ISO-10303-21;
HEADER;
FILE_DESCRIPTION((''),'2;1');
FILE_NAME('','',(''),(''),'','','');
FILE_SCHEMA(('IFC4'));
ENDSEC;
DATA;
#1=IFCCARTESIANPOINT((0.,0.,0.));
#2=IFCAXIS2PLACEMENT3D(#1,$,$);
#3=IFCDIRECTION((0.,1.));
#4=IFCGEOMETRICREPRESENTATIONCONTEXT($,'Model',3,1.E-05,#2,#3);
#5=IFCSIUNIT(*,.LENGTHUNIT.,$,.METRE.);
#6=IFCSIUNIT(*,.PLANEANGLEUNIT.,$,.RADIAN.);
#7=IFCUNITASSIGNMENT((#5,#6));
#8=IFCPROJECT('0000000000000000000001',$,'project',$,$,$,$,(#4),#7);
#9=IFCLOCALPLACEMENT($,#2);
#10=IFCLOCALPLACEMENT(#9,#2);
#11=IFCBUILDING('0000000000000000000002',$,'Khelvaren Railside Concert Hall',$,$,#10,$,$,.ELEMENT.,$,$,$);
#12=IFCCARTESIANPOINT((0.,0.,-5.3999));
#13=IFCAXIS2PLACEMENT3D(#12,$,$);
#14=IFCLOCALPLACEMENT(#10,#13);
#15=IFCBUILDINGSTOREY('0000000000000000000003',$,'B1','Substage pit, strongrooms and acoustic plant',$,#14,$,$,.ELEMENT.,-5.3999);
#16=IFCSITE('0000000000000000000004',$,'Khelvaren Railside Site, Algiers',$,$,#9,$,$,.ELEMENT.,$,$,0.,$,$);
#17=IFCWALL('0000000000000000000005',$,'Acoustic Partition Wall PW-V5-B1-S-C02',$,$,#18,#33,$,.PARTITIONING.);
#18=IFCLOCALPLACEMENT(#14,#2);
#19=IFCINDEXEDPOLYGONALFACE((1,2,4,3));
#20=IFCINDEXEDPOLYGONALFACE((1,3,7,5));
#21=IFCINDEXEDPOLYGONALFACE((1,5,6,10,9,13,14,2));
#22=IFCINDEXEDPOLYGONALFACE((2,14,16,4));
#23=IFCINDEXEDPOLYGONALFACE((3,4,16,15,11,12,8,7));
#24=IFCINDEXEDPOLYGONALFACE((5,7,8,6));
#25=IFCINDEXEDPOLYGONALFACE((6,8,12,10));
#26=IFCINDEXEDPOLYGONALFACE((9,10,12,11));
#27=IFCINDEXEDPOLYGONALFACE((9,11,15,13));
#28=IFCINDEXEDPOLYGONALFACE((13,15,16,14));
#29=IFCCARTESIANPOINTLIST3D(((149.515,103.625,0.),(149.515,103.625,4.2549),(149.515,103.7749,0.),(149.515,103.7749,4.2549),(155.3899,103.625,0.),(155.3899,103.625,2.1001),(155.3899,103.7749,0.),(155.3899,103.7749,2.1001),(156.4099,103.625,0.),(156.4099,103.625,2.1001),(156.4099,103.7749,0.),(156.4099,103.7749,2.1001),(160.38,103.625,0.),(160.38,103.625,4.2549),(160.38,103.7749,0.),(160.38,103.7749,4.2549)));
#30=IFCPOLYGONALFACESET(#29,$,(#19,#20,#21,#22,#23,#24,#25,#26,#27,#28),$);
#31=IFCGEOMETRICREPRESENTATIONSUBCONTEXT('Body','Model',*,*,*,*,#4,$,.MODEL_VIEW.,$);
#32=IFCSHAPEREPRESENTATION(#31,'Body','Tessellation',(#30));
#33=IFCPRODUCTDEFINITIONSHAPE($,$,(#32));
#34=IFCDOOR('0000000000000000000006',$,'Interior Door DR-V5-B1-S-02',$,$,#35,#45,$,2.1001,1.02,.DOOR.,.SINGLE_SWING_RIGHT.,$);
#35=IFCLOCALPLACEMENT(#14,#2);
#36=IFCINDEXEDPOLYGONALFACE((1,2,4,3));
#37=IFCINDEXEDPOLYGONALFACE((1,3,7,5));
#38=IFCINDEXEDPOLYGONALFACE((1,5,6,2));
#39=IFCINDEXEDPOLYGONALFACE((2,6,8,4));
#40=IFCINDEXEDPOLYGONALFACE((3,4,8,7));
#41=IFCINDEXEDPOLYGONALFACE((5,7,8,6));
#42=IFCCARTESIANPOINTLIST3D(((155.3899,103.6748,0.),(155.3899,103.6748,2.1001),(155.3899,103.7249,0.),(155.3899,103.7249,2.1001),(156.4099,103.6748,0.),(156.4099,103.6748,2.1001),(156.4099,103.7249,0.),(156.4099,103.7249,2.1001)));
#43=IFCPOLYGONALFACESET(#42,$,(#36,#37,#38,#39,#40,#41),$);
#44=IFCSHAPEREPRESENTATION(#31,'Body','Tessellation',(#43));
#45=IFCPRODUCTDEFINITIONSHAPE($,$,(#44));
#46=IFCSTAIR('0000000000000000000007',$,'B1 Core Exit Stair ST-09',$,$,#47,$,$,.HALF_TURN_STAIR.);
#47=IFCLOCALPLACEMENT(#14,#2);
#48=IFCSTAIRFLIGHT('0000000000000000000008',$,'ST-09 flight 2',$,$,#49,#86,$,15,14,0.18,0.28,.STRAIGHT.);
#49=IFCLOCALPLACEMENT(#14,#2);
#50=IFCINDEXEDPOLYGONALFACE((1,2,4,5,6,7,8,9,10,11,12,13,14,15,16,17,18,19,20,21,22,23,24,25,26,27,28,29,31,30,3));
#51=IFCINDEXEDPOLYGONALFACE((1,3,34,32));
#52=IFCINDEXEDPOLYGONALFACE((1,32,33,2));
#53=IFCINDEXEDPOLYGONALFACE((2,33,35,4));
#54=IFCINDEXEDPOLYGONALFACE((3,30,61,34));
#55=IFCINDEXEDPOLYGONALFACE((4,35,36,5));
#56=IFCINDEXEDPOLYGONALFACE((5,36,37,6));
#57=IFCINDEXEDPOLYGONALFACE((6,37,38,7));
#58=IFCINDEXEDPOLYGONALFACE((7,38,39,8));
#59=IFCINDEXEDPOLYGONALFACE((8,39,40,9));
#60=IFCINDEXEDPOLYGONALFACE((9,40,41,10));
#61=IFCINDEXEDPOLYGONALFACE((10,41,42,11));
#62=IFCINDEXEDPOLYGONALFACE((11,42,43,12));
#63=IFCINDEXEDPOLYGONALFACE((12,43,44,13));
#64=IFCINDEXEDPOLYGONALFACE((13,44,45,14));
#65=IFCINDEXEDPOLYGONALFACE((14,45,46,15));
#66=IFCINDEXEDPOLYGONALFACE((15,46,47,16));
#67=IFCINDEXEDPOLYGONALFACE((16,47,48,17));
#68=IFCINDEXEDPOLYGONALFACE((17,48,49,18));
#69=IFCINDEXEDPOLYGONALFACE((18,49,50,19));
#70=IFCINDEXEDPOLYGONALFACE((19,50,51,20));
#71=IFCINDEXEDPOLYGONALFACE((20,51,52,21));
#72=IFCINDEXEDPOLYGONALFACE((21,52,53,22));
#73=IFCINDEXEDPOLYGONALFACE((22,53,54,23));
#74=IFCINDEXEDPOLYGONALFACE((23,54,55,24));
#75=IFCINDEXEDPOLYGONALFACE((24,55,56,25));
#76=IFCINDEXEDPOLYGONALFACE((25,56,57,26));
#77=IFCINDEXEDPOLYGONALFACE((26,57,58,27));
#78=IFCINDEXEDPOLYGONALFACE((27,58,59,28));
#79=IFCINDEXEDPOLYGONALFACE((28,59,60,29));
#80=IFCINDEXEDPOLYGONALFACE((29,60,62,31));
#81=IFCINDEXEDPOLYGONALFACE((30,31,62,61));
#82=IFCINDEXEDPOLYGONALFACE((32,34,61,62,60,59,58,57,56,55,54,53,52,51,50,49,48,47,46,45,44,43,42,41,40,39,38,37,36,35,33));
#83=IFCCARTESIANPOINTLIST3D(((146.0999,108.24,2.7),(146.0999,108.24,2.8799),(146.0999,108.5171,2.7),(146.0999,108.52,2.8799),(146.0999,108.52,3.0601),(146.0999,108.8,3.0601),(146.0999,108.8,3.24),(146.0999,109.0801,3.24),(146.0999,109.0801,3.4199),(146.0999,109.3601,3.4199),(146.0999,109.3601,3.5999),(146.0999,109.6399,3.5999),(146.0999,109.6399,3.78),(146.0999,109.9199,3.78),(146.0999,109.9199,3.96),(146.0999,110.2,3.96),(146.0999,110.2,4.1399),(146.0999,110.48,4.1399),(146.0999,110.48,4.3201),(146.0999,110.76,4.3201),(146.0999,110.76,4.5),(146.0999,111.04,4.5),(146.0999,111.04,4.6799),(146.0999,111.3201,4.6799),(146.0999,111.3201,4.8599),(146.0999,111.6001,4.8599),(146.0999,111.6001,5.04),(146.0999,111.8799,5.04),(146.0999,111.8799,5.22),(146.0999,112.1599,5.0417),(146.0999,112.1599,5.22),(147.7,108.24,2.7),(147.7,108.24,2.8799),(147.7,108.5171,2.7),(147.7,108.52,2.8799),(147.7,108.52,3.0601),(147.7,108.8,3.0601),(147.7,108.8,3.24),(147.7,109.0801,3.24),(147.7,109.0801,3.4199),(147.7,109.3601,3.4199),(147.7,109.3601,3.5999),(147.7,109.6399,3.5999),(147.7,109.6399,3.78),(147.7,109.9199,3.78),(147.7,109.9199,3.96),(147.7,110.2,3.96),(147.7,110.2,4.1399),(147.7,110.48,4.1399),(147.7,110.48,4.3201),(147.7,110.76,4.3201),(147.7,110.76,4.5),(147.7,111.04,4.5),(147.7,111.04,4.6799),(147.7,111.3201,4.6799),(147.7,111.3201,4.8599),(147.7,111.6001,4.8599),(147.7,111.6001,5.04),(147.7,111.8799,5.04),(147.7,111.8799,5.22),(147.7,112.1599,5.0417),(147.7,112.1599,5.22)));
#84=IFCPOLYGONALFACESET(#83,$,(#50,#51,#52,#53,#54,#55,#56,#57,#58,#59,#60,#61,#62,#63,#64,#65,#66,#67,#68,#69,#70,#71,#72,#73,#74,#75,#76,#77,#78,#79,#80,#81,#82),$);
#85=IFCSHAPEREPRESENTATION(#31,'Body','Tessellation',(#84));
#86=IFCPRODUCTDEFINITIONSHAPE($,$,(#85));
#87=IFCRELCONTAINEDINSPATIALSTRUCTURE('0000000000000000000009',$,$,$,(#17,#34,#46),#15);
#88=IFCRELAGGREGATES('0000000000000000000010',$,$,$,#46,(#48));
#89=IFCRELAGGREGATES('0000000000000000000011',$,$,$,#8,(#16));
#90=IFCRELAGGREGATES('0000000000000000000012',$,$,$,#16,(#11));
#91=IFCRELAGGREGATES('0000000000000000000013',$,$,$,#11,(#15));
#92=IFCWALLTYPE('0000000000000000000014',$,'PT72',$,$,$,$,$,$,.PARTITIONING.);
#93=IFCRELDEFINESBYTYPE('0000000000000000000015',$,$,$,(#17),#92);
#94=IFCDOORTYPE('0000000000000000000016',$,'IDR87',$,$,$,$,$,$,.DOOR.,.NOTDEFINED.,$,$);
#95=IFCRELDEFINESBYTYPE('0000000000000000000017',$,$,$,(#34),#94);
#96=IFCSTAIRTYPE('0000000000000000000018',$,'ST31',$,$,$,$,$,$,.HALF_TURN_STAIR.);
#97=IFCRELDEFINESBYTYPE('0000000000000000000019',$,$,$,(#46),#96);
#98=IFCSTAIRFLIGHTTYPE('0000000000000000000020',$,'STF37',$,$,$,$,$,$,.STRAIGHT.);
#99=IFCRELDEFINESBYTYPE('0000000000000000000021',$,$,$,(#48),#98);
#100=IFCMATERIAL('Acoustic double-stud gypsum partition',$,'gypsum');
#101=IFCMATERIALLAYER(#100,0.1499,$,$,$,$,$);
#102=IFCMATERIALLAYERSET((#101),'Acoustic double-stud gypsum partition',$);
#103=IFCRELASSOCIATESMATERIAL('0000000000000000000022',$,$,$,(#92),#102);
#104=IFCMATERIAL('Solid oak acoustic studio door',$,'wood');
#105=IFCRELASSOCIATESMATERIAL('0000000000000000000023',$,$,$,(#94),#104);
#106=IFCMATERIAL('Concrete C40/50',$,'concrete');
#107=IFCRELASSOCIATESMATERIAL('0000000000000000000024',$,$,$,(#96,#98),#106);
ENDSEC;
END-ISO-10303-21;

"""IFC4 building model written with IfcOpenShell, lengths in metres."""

from ifc_helpers import new_model, si_unit, direction, frame, frame_2d, origin, place, context, subcontext, project, spatial, polyline, rectangle, outline, extrude, material, layer, layer_set, type_object, element, fill, aggregate, save


model = new_model("IFC4")

# Units and contexts
model_context = context("Model", 3, precision=1e-05, world=origin(), true_north=direction((0.0, 1.0)))
body_context = subcontext(model_context, "Body", "Model", "MODEL_VIEW")
ifc_project = project(units=[si_unit("LENGTHUNIT", "METRE"), si_unit("PLANEANGLEUNIT", "RADIAN")], contexts=[model_context])

# Site, building, storey
site_placement = place(None, origin())
site = spatial("IfcSite", under=ifc_project, at=site_placement, Name="Khelvaren Railside Site, Algiers", CompositionType="ELEMENT", RefElevation=0.0)
building_placement = place(site_placement, origin())
building = spatial("IfcBuilding", under=site, at=building_placement, Name="Khelvaren Railside Concert Hall", CompositionType="ELEMENT")
storey_placement = place(building_placement, frame((0.0, 0.0, -5.3999)))
storey = spatial("IfcBuildingStorey", under=building, at=storey_placement, Name="B1", Description="Substage pit, strongrooms and acoustic plant", CompositionType="ELEMENT", Elevation=-5.3999)

# Wall, opening, door
ifc_material_1 = material(Name="Concrete C40/50", Category="concrete")
ifc_material_2 = material(Name="Acoustic double-stud gypsum partition", Category="gypsum")
ifc_layer_1 = layer(ifc_material_2, 0.1499)
ifc_layer_set_1 = layer_set([ifc_layer_1], Name="Acoustic double-stud gypsum partition")
wall_type_1 = type_object("IfcWallType", Name="PT72", PredefinedType="PARTITIONING", material=ifc_layer_set_1)
wall_1_placement = place(storey_placement, frame((149.5149, 103.7, 0.0), z_axis=(0.0, 0.0, 1.0), x_axis=(1.0, 0.0, 0.0)))
wall_1 = element("IfcWall", 1, at=wall_1_placement, inside=storey, type_object=wall_type_1, Name="Acoustic Partition Wall PW-V5-B1-S-C02", PredefinedType="PARTITIONING", context=body_context, shape_type="SweptSolid", body=[
    extrude(rectangle(XDim=10.865, YDim=0.1499, at=frame_2d((5.4326, 0.0))), origin(), (0.0, 0.0, 1.0), 4.2549),
])
opening_1_placement = place(wall_1_placement, frame((5.875, 0.0, 0.0)))
opening_1 = element("IfcOpeningElement", 2, at=opening_1_placement, cuts=wall_1, PredefinedType="OPENING", context=body_context, shape_type="SweptSolid", body=[
    extrude(rectangle(XDim=1.02, YDim=2.1001, at=frame_2d((0.51, 1.05))), frame((0.0, 0.085, 0.0), z_axis=(0.0, -1.0, 0.0), x_axis=(1.0, 0.0, 0.0)), (0.0, 0.0, 1.0), 0.1699),
])
ifc_material_3 = material(Name="Solid oak acoustic studio door", Category="wood")
door_type_1 = type_object("IfcDoorType", Name="IDR87", OperationType="NOTDEFINED", PredefinedType="DOOR", material=ifc_material_3)
door_1_placement = place(opening_1_placement, origin())
door_1 = element("IfcDoor", 3, at=door_1_placement, inside=storey, type_object=door_type_1, Name="Interior Door DR-V5-B1-S-02", OperationType="SINGLE_SWING_RIGHT", OverallHeight=2.1001, OverallWidth=1.02, PredefinedType="DOOR", context=body_context, shape_type="SweptSolid", body=[
    extrude(rectangle(XDim=1.02, YDim=2.1001, at=frame_2d((0.51, 1.05))), frame((0.0, 0.0249, 0.0), z_axis=(0.0, -1.0, 0.0), x_axis=(1.0, 0.0, 0.0)), (0.0, 0.0, 1.0), 0.05),
])
fill(opening_1, door_1)

# Stair, stair flight
stair_type = type_object("IfcStairType", Name="ST31", PredefinedType="HALF_TURN_STAIR", material=ifc_material_1)
stair_placement = place(storey_placement, origin())
stair = element("IfcStair", 4, at=stair_placement, inside=storey, type_object=stair_type, Name="B1 Core Exit Stair ST-09", PredefinedType="HALF_TURN_STAIR")
stair_flight_type = type_object("IfcStairFlightType", Name="STF37", PredefinedType="STRAIGHT", material=ifc_material_1)
stair_flight_placement = place(storey_placement, frame((146.8999, 108.24, 2.7), z_axis=(0.0, 0.0, 1.0), x_axis=(0.0, 1.0, 0.0)))
stair_flight = element("IfcStairFlight", 5, at=stair_flight_placement, type_object=stair_flight_type, Name="ST-09 flight 2", NumberOfRisers=15, NumberOfTreads=14, PredefinedType="STRAIGHT", RiserHeight=0.18, TreadLength=0.28, context=body_context, shape_type="SweptSolid", body=[
    extrude(outline(polyline([(0.0, 0.0), (0.0, 0.1799), (0.28, 0.1799), (0.28, 0.3601), (0.5601, 0.3601), (0.5601, 0.54), (0.8401, 0.54), (0.8401, 0.72), (1.1201, 0.72), (1.1201, 0.8999), (1.3999, 0.8999), (1.3999, 1.0801), (1.6799, 1.0801), (1.6799, 1.26), (1.96, 1.26), (1.96, 1.4399), (2.24, 1.4399), (2.24, 1.6201), (2.52, 1.6201), (2.52, 1.8), (2.8, 1.8), (2.8, 1.98), (3.0801, 1.98), (3.0801, 2.1599), (3.3601, 2.1599), (3.3601, 2.3401), (3.6399, 2.3401), (3.6399, 2.52), (3.9199, 2.52), (3.9199, 2.7), (3.9199, 2.3418), (0.2771, 0.0), (0.0, 0.0)])), frame((0.0, 0.8, 0.0), z_axis=(0.0, -1.0, 0.0), x_axis=(1.0, 0.0, 0.0)), (0.0, 0.0, 1.0), 1.6001),
])
aggregate(stair, [stair_flight])

save(model, "model.ifc")
